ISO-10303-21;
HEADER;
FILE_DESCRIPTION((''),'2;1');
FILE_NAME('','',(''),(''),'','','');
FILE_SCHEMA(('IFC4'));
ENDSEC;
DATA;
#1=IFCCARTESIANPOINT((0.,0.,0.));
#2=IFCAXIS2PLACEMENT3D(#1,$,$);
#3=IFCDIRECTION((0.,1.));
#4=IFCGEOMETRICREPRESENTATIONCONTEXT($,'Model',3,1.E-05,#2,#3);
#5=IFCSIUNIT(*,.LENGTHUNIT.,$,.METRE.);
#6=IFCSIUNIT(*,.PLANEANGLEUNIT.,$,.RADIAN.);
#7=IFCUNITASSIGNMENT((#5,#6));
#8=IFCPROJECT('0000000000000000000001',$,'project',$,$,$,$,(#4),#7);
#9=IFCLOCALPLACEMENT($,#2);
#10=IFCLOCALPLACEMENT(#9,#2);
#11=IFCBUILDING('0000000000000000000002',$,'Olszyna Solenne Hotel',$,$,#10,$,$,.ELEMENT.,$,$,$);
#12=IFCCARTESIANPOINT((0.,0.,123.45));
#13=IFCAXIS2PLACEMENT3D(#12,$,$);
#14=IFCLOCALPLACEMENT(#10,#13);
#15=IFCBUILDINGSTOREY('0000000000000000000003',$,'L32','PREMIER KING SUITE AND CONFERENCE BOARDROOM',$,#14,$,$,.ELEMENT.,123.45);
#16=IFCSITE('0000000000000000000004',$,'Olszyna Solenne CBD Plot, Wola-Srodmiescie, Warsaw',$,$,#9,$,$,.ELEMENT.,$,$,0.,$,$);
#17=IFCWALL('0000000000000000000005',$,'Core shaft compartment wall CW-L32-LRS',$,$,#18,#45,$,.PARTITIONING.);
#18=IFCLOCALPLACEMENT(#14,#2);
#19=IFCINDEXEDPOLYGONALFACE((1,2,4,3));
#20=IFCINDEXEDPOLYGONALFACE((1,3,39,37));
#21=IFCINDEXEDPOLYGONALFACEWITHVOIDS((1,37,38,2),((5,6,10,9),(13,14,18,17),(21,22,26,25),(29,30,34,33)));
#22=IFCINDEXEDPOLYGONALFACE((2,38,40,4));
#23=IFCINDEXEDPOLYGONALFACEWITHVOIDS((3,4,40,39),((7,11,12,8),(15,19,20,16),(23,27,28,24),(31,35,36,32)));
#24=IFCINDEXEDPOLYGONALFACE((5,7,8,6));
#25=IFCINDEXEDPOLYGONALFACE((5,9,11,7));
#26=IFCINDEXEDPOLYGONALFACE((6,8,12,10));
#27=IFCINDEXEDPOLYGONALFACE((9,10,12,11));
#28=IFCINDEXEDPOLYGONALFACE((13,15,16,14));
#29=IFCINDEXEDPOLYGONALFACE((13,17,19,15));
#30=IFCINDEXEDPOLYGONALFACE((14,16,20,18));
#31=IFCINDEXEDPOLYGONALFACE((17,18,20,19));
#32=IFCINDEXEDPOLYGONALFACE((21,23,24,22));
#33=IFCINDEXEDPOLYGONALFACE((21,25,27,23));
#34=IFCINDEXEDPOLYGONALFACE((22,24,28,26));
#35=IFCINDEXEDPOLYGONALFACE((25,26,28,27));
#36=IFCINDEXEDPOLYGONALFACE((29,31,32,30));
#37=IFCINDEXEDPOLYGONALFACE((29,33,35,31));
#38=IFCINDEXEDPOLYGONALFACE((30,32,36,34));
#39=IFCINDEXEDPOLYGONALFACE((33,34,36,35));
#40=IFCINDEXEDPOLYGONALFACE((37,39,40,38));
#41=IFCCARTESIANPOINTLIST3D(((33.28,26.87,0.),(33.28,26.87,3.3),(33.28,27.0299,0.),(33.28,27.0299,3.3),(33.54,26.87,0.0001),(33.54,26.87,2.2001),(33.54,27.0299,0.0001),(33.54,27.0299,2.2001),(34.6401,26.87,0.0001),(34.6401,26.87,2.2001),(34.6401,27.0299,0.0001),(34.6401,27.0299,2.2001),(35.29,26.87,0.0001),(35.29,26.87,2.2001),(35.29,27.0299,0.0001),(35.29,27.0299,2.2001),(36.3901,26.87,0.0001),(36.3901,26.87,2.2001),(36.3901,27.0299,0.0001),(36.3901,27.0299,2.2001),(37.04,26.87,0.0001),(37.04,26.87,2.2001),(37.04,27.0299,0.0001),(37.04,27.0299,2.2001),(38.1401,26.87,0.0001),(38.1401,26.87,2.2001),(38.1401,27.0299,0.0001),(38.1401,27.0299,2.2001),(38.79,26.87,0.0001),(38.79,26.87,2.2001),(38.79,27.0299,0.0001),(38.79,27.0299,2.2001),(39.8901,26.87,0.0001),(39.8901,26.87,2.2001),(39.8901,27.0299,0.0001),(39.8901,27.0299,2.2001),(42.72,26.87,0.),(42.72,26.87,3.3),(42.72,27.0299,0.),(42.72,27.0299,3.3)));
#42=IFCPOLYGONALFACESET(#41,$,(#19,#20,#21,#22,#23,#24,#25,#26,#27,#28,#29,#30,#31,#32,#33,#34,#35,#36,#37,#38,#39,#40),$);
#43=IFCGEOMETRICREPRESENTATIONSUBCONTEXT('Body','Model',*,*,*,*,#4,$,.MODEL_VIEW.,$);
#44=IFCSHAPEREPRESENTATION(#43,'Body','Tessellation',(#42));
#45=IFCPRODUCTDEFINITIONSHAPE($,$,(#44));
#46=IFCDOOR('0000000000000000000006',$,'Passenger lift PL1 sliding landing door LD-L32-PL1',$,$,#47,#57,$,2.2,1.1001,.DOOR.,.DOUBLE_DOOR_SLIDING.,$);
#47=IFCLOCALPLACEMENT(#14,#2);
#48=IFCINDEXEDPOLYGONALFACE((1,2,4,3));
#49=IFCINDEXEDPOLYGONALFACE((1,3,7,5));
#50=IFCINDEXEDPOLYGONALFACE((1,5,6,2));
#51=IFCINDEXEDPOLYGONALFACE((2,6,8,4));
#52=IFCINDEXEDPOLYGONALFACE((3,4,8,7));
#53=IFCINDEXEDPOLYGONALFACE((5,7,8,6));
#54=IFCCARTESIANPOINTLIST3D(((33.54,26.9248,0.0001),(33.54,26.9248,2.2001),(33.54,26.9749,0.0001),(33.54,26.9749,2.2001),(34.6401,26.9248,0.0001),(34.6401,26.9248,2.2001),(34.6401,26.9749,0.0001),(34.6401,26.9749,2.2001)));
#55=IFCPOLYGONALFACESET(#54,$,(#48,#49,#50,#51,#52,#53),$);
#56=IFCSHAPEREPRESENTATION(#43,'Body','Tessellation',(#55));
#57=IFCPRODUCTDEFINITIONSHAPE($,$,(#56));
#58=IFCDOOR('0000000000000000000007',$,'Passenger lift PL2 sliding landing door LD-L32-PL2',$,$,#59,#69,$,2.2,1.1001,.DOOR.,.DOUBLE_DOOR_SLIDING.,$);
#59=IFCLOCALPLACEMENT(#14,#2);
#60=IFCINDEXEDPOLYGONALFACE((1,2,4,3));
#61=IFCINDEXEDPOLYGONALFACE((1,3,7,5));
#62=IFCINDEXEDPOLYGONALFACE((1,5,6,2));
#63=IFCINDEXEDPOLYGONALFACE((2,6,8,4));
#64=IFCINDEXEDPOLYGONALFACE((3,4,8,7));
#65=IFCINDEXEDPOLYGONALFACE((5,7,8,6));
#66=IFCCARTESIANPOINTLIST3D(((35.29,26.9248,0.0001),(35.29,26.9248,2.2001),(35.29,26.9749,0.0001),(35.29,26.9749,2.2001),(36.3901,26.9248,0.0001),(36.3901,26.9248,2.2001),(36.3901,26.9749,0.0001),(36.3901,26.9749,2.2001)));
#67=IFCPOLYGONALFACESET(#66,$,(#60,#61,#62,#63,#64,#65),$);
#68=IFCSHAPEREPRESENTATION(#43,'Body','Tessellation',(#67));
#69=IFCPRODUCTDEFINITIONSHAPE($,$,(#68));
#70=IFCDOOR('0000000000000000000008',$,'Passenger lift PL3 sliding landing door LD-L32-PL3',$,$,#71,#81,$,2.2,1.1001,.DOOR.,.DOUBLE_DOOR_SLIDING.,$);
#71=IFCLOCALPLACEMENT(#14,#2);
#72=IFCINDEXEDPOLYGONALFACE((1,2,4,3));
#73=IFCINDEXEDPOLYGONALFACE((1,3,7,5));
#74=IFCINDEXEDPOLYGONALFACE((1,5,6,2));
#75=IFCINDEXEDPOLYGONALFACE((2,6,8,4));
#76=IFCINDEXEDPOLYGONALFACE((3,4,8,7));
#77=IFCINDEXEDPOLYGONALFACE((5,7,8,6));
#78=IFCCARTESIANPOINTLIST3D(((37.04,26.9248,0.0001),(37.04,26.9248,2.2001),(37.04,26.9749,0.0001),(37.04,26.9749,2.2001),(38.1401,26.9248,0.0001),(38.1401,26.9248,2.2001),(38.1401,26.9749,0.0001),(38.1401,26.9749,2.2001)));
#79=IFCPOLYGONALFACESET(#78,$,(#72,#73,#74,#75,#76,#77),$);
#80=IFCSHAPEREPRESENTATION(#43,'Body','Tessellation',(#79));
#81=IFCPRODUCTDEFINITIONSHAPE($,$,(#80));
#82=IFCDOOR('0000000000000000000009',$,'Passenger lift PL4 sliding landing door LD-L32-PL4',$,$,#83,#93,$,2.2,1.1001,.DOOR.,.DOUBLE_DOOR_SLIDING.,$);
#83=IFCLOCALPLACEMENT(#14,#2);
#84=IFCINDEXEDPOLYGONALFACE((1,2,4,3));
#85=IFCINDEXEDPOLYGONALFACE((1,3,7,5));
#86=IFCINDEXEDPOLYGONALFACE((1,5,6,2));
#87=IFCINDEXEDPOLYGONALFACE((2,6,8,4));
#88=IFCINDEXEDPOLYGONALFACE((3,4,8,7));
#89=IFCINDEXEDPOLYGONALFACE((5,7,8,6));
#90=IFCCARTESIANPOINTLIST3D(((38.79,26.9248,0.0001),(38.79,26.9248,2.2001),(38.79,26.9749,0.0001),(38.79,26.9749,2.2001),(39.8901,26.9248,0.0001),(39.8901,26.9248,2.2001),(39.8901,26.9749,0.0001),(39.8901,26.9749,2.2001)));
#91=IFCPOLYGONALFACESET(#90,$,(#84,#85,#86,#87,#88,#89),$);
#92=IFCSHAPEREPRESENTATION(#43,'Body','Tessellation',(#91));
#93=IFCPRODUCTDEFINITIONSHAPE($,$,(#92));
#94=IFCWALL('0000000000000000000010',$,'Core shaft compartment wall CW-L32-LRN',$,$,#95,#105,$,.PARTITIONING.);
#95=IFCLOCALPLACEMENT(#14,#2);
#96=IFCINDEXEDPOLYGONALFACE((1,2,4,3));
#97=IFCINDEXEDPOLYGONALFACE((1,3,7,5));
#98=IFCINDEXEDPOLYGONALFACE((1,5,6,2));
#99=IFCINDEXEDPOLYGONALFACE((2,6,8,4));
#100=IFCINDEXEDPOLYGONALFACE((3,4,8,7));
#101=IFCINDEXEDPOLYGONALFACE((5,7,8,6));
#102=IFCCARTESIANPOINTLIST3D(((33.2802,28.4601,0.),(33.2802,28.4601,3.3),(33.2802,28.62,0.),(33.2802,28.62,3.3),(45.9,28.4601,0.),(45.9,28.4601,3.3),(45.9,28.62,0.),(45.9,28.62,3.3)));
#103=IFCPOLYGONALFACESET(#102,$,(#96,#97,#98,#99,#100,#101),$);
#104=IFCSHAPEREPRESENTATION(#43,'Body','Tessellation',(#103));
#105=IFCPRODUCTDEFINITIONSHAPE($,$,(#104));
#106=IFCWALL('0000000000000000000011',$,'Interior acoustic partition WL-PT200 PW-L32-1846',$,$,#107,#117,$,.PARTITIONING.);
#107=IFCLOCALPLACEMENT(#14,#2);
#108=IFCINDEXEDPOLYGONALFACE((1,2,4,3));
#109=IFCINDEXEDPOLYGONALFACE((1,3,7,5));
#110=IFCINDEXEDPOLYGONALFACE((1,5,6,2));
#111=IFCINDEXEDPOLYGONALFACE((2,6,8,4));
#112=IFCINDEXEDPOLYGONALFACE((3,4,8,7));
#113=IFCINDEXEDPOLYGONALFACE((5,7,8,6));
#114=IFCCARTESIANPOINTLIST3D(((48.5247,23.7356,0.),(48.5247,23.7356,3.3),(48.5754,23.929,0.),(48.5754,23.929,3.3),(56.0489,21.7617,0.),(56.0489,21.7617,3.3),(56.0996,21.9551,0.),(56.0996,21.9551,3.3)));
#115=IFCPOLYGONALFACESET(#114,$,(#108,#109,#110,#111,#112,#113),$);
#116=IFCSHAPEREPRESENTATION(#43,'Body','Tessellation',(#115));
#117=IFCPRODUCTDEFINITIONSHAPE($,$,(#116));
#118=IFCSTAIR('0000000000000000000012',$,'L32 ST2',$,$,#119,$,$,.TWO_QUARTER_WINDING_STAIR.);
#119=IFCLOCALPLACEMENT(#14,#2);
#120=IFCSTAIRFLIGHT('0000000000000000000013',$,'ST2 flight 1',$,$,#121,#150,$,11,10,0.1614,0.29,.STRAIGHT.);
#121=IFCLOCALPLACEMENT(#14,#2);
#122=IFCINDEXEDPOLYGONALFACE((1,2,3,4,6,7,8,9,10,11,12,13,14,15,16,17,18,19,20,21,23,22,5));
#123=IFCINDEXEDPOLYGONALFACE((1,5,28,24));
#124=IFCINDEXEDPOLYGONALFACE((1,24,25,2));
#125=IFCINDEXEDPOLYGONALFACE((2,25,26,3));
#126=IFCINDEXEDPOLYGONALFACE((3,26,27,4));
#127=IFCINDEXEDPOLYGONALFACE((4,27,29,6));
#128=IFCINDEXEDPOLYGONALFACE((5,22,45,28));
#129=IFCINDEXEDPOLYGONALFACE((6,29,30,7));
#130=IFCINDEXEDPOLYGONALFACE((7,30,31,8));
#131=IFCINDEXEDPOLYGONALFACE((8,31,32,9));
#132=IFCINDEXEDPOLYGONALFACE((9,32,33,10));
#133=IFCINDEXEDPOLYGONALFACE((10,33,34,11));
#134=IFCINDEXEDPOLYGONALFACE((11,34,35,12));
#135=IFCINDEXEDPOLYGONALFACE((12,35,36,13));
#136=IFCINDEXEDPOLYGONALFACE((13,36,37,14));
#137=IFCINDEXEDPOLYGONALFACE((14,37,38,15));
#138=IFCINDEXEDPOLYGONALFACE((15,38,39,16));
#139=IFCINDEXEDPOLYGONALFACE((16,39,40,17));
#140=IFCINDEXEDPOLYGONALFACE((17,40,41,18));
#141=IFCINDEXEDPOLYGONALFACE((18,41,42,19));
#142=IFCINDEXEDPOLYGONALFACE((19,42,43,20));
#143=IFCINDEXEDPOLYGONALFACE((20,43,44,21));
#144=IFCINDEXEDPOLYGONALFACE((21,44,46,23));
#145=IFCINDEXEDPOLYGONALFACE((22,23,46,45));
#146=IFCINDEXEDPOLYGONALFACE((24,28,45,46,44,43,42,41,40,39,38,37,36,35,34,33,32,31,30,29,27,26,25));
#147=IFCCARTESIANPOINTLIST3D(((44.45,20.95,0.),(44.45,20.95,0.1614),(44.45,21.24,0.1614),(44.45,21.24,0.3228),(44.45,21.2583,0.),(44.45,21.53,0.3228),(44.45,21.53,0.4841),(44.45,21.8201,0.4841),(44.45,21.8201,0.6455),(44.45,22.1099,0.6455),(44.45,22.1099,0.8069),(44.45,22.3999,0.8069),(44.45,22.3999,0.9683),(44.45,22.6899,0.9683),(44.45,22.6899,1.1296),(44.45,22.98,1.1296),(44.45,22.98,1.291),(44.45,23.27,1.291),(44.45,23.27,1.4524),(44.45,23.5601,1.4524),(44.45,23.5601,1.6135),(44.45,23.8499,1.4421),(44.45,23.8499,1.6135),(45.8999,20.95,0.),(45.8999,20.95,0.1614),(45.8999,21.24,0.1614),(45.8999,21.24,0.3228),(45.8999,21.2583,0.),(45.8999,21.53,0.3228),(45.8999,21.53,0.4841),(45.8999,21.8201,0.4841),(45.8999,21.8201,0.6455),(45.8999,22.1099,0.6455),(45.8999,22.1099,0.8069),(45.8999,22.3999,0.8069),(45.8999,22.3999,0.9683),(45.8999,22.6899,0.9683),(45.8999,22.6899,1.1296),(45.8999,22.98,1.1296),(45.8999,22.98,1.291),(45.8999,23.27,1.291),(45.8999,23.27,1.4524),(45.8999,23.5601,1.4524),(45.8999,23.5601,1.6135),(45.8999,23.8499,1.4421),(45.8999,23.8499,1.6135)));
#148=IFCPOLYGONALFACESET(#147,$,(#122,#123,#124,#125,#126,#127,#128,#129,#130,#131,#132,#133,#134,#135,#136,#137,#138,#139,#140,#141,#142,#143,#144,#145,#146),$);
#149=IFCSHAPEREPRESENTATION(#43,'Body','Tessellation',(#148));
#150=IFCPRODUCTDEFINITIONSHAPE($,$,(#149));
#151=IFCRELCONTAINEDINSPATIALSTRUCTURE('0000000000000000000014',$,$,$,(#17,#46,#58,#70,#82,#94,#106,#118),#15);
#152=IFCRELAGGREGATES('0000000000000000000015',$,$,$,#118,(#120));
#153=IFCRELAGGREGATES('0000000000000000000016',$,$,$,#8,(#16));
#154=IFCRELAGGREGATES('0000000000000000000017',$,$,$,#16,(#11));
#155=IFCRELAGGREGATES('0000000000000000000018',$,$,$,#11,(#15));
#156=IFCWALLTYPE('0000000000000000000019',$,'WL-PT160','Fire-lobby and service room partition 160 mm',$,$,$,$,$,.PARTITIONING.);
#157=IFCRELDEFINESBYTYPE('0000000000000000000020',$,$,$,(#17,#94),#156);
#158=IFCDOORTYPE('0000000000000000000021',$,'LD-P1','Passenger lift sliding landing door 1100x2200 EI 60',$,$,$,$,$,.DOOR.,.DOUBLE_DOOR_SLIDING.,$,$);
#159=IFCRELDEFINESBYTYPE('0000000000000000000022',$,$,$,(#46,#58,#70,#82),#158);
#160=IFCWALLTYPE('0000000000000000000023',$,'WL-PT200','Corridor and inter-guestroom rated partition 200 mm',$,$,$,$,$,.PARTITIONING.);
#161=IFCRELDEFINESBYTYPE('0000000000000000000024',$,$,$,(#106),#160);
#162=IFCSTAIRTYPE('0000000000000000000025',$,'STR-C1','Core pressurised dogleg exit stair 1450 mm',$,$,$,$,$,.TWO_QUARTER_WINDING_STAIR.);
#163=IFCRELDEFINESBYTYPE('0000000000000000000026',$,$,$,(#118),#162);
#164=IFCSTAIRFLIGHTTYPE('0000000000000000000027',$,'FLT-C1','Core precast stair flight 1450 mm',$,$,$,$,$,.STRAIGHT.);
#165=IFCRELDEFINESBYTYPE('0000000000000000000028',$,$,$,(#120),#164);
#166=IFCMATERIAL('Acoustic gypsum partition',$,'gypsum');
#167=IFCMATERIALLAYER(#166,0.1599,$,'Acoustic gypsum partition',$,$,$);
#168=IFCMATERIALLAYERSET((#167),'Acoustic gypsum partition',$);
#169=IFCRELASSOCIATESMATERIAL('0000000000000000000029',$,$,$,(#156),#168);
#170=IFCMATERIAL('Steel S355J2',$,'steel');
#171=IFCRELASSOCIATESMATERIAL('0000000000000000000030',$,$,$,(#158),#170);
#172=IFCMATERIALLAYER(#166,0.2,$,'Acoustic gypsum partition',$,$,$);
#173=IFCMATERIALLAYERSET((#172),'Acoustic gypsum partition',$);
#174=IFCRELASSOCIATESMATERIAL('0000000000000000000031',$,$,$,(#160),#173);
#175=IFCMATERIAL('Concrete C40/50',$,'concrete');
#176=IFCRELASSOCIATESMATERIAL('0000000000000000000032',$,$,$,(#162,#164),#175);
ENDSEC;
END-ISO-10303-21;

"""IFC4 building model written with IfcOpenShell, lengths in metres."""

from ifc_helpers import new_model, si_unit, direction, frame, frame_2d, origin, place, context, subcontext, project, spatial, polyline, rectangle, outline, extrude, source, transform, mapped, material, layer, layer_set, type_object, type_shapes, element, fill, aggregate, save


model = new_model("IFC4")

# Units and contexts
model_context = context("Model", 3, precision=1e-05, world=origin(), true_north=direction((0.0, 1.0)))
body_context = subcontext(model_context, "Body", "Model", "MODEL_VIEW")
ifc_project = project(units=[si_unit("LENGTHUNIT", "METRE"), si_unit("PLANEANGLEUNIT", "RADIAN")], contexts=[model_context])

# Site, building, storey
site_placement = place(None, origin())
site = spatial("IfcSite", under=ifc_project, at=site_placement, Name="Olszyna Solenne CBD Plot, Wola-Srodmiescie, Warsaw", CompositionType="ELEMENT", RefElevation=0.0)
building_placement = place(site_placement, origin())
building = spatial("IfcBuilding", under=site, at=building_placement, Name="Olszyna Solenne Hotel", CompositionType="ELEMENT")
storey_placement = place(building_placement, frame((0.0, 0.0, 123.45)))
storey = spatial("IfcBuildingStorey", under=building, at=storey_placement, Name="L32", Description="PREMIER KING SUITE AND CONFERENCE BOARDROOM", CompositionType="ELEMENT", Elevation=123.45)

# Shared definitions
ifc_material_1 = material(Name="Steel S355J2", Category="steel")

# Shared definitions
ifc_material_2 = material(Name="Acoustic gypsum partition", Category="gypsum")

# Shared definitions
ifc_layer_1 = layer(ifc_material_2, 0.1599, Name="Acoustic gypsum partition")
ifc_layer_set_1 = layer_set([ifc_layer_1], Name="Acoustic gypsum partition")
wall_type_1 = type_object("IfcWallType", Name="WL-PT160", Description="Fire-lobby and service room partition 160 mm", PredefinedType="PARTITIONING", material=ifc_layer_set_1)

# Wall, openings, doors
wall_1_placement = place(storey_placement, frame((33.28, 26.95, 0.0), z_axis=(0.0, 0.0, 1.0), x_axis=(1.0, 0.0, 0.0)))
wall_1 = element("IfcWall", 1, at=wall_1_placement, inside=storey, type_object=wall_type_1, Name="Core shaft compartment wall CW-L32-LRS", PredefinedType="PARTITIONING", context=body_context, shape_type="SweptSolid", body=[
    extrude(rectangle(XDim=9.4399, YDim=0.1599, at=frame_2d((4.72, 0.0))), origin(), (0.0, 0.0, 1.0), 3.3),
])
opening_1_placement = place(wall_1_placement, frame((0.26, 0.0, 0.0)))
opening_1 = element("IfcOpeningElement", 2, at=opening_1_placement, cuts=wall_1, PredefinedType="OPENING", context=body_context, shape_type="SweptSolid", body=[
    extrude(rectangle(XDim=1.1001, YDim=2.2, at=frame_2d((0.55, 1.1001))), frame((0.0, 0.0898, 0.0), z_axis=(0.0, -1.0, 0.0), x_axis=(1.0, 0.0, 0.0)), (0.0, 0.0, 1.0), 0.1799),
])
opening_2_placement = place(wall_1_placement, frame((2.01, 0.0, 0.0)))
opening_2 = element("IfcOpeningElement", 3, at=opening_2_placement, cuts=wall_1, PredefinedType="OPENING", context=body_context, shape_type="SweptSolid", body=[
    extrude(rectangle(XDim=1.1001, YDim=2.2, at=frame_2d((0.55, 1.1001))), frame((0.0, 0.0898, 0.0), z_axis=(0.0, -1.0, 0.0), x_axis=(1.0, 0.0, 0.0)), (0.0, 0.0, 1.0), 0.1799),
])
opening_3_placement = place(wall_1_placement, frame((3.76, 0.0, 0.0)))
opening_3 = element("IfcOpeningElement", 4, at=opening_3_placement, cuts=wall_1, PredefinedType="OPENING", context=body_context, shape_type="SweptSolid", body=[
    extrude(rectangle(XDim=1.1001, YDim=2.2, at=frame_2d((0.55, 1.1001))), frame((0.0, 0.0898, 0.0), z_axis=(0.0, -1.0, 0.0), x_axis=(1.0, 0.0, 0.0)), (0.0, 0.0, 1.0), 0.1799),
])
opening_4_placement = place(wall_1_placement, frame((5.51, 0.0, 0.0)))
opening_4 = element("IfcOpeningElement", 5, at=opening_4_placement, cuts=wall_1, PredefinedType="OPENING", context=body_context, shape_type="SweptSolid", body=[
    extrude(rectangle(XDim=1.1001, YDim=2.2, at=frame_2d((0.55, 1.1001))), frame((0.0, 0.0898, 0.0), z_axis=(0.0, -1.0, 0.0), x_axis=(1.0, 0.0, 0.0)), (0.0, 0.0, 1.0), 0.1799),
])
door_type_1 = type_object("IfcDoorType", Name="LD-P1", Description="Passenger lift sliding landing door 1100x2200 EI 60", OperationType="DOUBLE_DOOR_SLIDING", PredefinedType="DOOR", material=ifc_material_1)
shared_shape_1 = source(origin(), body_context, "Body", "SweptSolid", [
    extrude(rectangle(XDim=1.1001, YDim=2.2, at=frame_2d((0.55, 1.1001))), frame((0.0, 0.0249, 0.0), z_axis=(0.0, -1.0, 0.0), x_axis=(1.0, 0.0, 0.0)), (0.0, 0.0, 1.0), 0.05),
])
type_shapes(door_type_1, [shared_shape_1])
door_1_placement = place(opening_1_placement, origin())
door_1 = element("IfcDoor", 6, at=door_1_placement, inside=storey, type_object=door_type_1, Name="Passenger lift PL1 sliding landing door LD-L32-PL1", OperationType="DOUBLE_DOOR_SLIDING", OverallHeight=2.2, OverallWidth=1.1001, PredefinedType="DOOR", context=body_context, shape_type="MappedRepresentation", body=[
    mapped(shared_shape_1, transform((0.0, 0.0, 0.0), x_axis=(1.0, 0.0, 0.0), y_axis=(0.0, 1.0, 0.0), z_axis=(0.0, 0.0, 1.0), scale=1.0)),
])
fill(opening_1, door_1)
door_2_placement = place(opening_2_placement, origin())
door_2 = element("IfcDoor", 7, at=door_2_placement, inside=storey, type_object=door_type_1, Name="Passenger lift PL2 sliding landing door LD-L32-PL2", OperationType="DOUBLE_DOOR_SLIDING", OverallHeight=2.2, OverallWidth=1.1001, PredefinedType="DOOR", context=body_context, shape_type="MappedRepresentation", body=[
    mapped(shared_shape_1, transform((0.0, 0.0, 0.0), x_axis=(1.0, 0.0, 0.0), y_axis=(0.0, 1.0, 0.0), z_axis=(0.0, 0.0, 1.0), scale=1.0)),
])
fill(opening_2, door_2)
door_3_placement = place(opening_3_placement, origin())
door_3 = element("IfcDoor", 8, at=door_3_placement, inside=storey, type_object=door_type_1, Name="Passenger lift PL3 sliding landing door LD-L32-PL3", OperationType="DOUBLE_DOOR_SLIDING", OverallHeight=2.2, OverallWidth=1.1001, PredefinedType="DOOR", context=body_context, shape_type="MappedRepresentation", body=[
    mapped(shared_shape_1, transform((0.0, 0.0, 0.0), x_axis=(1.0, 0.0, 0.0), y_axis=(0.0, 1.0, 0.0), z_axis=(0.0, 0.0, 1.0), scale=1.0)),
])
fill(opening_3, door_3)
door_4_placement = place(opening_4_placement, origin())
door_4 = element("IfcDoor", 9, at=door_4_placement, inside=storey, type_object=door_type_1, Name="Passenger lift PL4 sliding landing door LD-L32-PL4", OperationType="DOUBLE_DOOR_SLIDING", OverallHeight=2.2, OverallWidth=1.1001, PredefinedType="DOOR", context=body_context, shape_type="MappedRepresentation", body=[
    mapped(shared_shape_1, transform((0.0, 0.0, 0.0), x_axis=(1.0, 0.0, 0.0), y_axis=(0.0, 1.0, 0.0), z_axis=(0.0, 0.0, 1.0), scale=1.0)),
])
fill(opening_4, door_4)

# Walls
wall_2_placement = place(storey_placement, frame((33.28, 28.54, 0.0), z_axis=(0.0, 0.0, 1.0), x_axis=(1.0, 0.0, 0.0)))
element("IfcWall", 10, at=wall_2_placement, inside=storey, type_object=wall_type_1, Name="Core shaft compartment wall CW-L32-LRN", PredefinedType="PARTITIONING", context=body_context, shape_type="SweptSolid", body=[
    extrude(rectangle(XDim=12.6199, YDim=0.1599, at=frame_2d((6.3101, 0.0))), origin(), (0.0, 0.0, 1.0), 3.3),
])
ifc_layer_2 = layer(ifc_material_2, 0.2, Name="Acoustic gypsum partition")
ifc_layer_set_2 = layer_set([ifc_layer_2], Name="Acoustic gypsum partition")
wall_type_2 = type_object("IfcWallType", Name="WL-PT200", Description="Corridor and inter-guestroom rated partition 200 mm", PredefinedType="PARTITIONING", material=ifc_layer_set_2)
wall_3_placement = place(storey_placement, frame((48.55, 23.8323, 0.0), z_axis=(0.0, 0.0, 1.0), x_axis=(0.967269, -0.253752, 0.0)))
element("IfcWall", 11, at=wall_3_placement, inside=storey, type_object=wall_type_2, Name="Interior acoustic partition WL-PT200 PW-L32-1846", PredefinedType="PARTITIONING", context=body_context, shape_type="SweptSolid", body=[
    extrude(rectangle(XDim=7.7788, YDim=0.2, at=frame_2d((3.8894, 0.0))), origin(), (0.0, 0.0, 1.0), 3.3),
])

# Stair, stair flight
ifc_material_3 = material(Name="Concrete C40/50", Category="concrete")
stair_type = type_object("IfcStairType", Name="STR-C1", Description="Core pressurised dogleg exit stair 1450 mm", PredefinedType="TWO_QUARTER_WINDING_STAIR", material=ifc_material_3)
stair_placement = place(storey_placement, origin())
stair = element("IfcStair", 12, at=stair_placement, inside=storey, type_object=stair_type, Name="L32 ST2", PredefinedType="TWO_QUARTER_WINDING_STAIR")
stair_flight_type = type_object("IfcStairFlightType", Name="FLT-C1", Description="Core precast stair flight 1450 mm", PredefinedType="STRAIGHT", material=ifc_material_3)
stair_flight_1_placement = place(storey_placement, frame((45.175, 20.95, 0.0), z_axis=(0.0, 0.0, 1.0), x_axis=(0.0, 1.0, 0.0)))
stair_flight_1 = element("IfcStairFlight", 13, at=stair_flight_1_placement, type_object=stair_flight_type, Name="ST2 flight 1", NumberOfRisers=11, NumberOfTreads=10, PredefinedType="STRAIGHT", RiserHeight=0.1614, TreadLength=0.29, context=body_context, shape_type="SweptSolid", body=[
    extrude(outline(polyline([(0.0, 0.0), (0.0, 0.1614), (0.29, 0.1614), (0.29, 0.3228), (0.5801, 0.3228), (0.5801, 0.4841), (0.8701, 0.4841), (0.8701, 0.6455), (1.1599, 0.6455), (1.1599, 0.8069), (1.45, 0.8069), (1.45, 0.9683), (1.74, 0.9683), (1.74, 1.1296), (2.03, 1.1296), (2.03, 1.291), (2.3201, 1.291), (2.3201, 1.4524), (2.6101, 1.4524), (2.6101, 1.6135), (2.8999, 1.6135), (2.8999, 1.7749), (2.8999, 1.4421), (0.3083, 0.0), (0.0, 0.0)])), frame((0.0, 0.7251, 0.0), z_axis=(0.0, -1.0, 0.0), x_axis=(1.0, 0.0, 0.0)), (0.0, 0.0, 1.0), 1.45),
])
aggregate(stair, [stair_flight_1])

save(model, "model.ifc")
